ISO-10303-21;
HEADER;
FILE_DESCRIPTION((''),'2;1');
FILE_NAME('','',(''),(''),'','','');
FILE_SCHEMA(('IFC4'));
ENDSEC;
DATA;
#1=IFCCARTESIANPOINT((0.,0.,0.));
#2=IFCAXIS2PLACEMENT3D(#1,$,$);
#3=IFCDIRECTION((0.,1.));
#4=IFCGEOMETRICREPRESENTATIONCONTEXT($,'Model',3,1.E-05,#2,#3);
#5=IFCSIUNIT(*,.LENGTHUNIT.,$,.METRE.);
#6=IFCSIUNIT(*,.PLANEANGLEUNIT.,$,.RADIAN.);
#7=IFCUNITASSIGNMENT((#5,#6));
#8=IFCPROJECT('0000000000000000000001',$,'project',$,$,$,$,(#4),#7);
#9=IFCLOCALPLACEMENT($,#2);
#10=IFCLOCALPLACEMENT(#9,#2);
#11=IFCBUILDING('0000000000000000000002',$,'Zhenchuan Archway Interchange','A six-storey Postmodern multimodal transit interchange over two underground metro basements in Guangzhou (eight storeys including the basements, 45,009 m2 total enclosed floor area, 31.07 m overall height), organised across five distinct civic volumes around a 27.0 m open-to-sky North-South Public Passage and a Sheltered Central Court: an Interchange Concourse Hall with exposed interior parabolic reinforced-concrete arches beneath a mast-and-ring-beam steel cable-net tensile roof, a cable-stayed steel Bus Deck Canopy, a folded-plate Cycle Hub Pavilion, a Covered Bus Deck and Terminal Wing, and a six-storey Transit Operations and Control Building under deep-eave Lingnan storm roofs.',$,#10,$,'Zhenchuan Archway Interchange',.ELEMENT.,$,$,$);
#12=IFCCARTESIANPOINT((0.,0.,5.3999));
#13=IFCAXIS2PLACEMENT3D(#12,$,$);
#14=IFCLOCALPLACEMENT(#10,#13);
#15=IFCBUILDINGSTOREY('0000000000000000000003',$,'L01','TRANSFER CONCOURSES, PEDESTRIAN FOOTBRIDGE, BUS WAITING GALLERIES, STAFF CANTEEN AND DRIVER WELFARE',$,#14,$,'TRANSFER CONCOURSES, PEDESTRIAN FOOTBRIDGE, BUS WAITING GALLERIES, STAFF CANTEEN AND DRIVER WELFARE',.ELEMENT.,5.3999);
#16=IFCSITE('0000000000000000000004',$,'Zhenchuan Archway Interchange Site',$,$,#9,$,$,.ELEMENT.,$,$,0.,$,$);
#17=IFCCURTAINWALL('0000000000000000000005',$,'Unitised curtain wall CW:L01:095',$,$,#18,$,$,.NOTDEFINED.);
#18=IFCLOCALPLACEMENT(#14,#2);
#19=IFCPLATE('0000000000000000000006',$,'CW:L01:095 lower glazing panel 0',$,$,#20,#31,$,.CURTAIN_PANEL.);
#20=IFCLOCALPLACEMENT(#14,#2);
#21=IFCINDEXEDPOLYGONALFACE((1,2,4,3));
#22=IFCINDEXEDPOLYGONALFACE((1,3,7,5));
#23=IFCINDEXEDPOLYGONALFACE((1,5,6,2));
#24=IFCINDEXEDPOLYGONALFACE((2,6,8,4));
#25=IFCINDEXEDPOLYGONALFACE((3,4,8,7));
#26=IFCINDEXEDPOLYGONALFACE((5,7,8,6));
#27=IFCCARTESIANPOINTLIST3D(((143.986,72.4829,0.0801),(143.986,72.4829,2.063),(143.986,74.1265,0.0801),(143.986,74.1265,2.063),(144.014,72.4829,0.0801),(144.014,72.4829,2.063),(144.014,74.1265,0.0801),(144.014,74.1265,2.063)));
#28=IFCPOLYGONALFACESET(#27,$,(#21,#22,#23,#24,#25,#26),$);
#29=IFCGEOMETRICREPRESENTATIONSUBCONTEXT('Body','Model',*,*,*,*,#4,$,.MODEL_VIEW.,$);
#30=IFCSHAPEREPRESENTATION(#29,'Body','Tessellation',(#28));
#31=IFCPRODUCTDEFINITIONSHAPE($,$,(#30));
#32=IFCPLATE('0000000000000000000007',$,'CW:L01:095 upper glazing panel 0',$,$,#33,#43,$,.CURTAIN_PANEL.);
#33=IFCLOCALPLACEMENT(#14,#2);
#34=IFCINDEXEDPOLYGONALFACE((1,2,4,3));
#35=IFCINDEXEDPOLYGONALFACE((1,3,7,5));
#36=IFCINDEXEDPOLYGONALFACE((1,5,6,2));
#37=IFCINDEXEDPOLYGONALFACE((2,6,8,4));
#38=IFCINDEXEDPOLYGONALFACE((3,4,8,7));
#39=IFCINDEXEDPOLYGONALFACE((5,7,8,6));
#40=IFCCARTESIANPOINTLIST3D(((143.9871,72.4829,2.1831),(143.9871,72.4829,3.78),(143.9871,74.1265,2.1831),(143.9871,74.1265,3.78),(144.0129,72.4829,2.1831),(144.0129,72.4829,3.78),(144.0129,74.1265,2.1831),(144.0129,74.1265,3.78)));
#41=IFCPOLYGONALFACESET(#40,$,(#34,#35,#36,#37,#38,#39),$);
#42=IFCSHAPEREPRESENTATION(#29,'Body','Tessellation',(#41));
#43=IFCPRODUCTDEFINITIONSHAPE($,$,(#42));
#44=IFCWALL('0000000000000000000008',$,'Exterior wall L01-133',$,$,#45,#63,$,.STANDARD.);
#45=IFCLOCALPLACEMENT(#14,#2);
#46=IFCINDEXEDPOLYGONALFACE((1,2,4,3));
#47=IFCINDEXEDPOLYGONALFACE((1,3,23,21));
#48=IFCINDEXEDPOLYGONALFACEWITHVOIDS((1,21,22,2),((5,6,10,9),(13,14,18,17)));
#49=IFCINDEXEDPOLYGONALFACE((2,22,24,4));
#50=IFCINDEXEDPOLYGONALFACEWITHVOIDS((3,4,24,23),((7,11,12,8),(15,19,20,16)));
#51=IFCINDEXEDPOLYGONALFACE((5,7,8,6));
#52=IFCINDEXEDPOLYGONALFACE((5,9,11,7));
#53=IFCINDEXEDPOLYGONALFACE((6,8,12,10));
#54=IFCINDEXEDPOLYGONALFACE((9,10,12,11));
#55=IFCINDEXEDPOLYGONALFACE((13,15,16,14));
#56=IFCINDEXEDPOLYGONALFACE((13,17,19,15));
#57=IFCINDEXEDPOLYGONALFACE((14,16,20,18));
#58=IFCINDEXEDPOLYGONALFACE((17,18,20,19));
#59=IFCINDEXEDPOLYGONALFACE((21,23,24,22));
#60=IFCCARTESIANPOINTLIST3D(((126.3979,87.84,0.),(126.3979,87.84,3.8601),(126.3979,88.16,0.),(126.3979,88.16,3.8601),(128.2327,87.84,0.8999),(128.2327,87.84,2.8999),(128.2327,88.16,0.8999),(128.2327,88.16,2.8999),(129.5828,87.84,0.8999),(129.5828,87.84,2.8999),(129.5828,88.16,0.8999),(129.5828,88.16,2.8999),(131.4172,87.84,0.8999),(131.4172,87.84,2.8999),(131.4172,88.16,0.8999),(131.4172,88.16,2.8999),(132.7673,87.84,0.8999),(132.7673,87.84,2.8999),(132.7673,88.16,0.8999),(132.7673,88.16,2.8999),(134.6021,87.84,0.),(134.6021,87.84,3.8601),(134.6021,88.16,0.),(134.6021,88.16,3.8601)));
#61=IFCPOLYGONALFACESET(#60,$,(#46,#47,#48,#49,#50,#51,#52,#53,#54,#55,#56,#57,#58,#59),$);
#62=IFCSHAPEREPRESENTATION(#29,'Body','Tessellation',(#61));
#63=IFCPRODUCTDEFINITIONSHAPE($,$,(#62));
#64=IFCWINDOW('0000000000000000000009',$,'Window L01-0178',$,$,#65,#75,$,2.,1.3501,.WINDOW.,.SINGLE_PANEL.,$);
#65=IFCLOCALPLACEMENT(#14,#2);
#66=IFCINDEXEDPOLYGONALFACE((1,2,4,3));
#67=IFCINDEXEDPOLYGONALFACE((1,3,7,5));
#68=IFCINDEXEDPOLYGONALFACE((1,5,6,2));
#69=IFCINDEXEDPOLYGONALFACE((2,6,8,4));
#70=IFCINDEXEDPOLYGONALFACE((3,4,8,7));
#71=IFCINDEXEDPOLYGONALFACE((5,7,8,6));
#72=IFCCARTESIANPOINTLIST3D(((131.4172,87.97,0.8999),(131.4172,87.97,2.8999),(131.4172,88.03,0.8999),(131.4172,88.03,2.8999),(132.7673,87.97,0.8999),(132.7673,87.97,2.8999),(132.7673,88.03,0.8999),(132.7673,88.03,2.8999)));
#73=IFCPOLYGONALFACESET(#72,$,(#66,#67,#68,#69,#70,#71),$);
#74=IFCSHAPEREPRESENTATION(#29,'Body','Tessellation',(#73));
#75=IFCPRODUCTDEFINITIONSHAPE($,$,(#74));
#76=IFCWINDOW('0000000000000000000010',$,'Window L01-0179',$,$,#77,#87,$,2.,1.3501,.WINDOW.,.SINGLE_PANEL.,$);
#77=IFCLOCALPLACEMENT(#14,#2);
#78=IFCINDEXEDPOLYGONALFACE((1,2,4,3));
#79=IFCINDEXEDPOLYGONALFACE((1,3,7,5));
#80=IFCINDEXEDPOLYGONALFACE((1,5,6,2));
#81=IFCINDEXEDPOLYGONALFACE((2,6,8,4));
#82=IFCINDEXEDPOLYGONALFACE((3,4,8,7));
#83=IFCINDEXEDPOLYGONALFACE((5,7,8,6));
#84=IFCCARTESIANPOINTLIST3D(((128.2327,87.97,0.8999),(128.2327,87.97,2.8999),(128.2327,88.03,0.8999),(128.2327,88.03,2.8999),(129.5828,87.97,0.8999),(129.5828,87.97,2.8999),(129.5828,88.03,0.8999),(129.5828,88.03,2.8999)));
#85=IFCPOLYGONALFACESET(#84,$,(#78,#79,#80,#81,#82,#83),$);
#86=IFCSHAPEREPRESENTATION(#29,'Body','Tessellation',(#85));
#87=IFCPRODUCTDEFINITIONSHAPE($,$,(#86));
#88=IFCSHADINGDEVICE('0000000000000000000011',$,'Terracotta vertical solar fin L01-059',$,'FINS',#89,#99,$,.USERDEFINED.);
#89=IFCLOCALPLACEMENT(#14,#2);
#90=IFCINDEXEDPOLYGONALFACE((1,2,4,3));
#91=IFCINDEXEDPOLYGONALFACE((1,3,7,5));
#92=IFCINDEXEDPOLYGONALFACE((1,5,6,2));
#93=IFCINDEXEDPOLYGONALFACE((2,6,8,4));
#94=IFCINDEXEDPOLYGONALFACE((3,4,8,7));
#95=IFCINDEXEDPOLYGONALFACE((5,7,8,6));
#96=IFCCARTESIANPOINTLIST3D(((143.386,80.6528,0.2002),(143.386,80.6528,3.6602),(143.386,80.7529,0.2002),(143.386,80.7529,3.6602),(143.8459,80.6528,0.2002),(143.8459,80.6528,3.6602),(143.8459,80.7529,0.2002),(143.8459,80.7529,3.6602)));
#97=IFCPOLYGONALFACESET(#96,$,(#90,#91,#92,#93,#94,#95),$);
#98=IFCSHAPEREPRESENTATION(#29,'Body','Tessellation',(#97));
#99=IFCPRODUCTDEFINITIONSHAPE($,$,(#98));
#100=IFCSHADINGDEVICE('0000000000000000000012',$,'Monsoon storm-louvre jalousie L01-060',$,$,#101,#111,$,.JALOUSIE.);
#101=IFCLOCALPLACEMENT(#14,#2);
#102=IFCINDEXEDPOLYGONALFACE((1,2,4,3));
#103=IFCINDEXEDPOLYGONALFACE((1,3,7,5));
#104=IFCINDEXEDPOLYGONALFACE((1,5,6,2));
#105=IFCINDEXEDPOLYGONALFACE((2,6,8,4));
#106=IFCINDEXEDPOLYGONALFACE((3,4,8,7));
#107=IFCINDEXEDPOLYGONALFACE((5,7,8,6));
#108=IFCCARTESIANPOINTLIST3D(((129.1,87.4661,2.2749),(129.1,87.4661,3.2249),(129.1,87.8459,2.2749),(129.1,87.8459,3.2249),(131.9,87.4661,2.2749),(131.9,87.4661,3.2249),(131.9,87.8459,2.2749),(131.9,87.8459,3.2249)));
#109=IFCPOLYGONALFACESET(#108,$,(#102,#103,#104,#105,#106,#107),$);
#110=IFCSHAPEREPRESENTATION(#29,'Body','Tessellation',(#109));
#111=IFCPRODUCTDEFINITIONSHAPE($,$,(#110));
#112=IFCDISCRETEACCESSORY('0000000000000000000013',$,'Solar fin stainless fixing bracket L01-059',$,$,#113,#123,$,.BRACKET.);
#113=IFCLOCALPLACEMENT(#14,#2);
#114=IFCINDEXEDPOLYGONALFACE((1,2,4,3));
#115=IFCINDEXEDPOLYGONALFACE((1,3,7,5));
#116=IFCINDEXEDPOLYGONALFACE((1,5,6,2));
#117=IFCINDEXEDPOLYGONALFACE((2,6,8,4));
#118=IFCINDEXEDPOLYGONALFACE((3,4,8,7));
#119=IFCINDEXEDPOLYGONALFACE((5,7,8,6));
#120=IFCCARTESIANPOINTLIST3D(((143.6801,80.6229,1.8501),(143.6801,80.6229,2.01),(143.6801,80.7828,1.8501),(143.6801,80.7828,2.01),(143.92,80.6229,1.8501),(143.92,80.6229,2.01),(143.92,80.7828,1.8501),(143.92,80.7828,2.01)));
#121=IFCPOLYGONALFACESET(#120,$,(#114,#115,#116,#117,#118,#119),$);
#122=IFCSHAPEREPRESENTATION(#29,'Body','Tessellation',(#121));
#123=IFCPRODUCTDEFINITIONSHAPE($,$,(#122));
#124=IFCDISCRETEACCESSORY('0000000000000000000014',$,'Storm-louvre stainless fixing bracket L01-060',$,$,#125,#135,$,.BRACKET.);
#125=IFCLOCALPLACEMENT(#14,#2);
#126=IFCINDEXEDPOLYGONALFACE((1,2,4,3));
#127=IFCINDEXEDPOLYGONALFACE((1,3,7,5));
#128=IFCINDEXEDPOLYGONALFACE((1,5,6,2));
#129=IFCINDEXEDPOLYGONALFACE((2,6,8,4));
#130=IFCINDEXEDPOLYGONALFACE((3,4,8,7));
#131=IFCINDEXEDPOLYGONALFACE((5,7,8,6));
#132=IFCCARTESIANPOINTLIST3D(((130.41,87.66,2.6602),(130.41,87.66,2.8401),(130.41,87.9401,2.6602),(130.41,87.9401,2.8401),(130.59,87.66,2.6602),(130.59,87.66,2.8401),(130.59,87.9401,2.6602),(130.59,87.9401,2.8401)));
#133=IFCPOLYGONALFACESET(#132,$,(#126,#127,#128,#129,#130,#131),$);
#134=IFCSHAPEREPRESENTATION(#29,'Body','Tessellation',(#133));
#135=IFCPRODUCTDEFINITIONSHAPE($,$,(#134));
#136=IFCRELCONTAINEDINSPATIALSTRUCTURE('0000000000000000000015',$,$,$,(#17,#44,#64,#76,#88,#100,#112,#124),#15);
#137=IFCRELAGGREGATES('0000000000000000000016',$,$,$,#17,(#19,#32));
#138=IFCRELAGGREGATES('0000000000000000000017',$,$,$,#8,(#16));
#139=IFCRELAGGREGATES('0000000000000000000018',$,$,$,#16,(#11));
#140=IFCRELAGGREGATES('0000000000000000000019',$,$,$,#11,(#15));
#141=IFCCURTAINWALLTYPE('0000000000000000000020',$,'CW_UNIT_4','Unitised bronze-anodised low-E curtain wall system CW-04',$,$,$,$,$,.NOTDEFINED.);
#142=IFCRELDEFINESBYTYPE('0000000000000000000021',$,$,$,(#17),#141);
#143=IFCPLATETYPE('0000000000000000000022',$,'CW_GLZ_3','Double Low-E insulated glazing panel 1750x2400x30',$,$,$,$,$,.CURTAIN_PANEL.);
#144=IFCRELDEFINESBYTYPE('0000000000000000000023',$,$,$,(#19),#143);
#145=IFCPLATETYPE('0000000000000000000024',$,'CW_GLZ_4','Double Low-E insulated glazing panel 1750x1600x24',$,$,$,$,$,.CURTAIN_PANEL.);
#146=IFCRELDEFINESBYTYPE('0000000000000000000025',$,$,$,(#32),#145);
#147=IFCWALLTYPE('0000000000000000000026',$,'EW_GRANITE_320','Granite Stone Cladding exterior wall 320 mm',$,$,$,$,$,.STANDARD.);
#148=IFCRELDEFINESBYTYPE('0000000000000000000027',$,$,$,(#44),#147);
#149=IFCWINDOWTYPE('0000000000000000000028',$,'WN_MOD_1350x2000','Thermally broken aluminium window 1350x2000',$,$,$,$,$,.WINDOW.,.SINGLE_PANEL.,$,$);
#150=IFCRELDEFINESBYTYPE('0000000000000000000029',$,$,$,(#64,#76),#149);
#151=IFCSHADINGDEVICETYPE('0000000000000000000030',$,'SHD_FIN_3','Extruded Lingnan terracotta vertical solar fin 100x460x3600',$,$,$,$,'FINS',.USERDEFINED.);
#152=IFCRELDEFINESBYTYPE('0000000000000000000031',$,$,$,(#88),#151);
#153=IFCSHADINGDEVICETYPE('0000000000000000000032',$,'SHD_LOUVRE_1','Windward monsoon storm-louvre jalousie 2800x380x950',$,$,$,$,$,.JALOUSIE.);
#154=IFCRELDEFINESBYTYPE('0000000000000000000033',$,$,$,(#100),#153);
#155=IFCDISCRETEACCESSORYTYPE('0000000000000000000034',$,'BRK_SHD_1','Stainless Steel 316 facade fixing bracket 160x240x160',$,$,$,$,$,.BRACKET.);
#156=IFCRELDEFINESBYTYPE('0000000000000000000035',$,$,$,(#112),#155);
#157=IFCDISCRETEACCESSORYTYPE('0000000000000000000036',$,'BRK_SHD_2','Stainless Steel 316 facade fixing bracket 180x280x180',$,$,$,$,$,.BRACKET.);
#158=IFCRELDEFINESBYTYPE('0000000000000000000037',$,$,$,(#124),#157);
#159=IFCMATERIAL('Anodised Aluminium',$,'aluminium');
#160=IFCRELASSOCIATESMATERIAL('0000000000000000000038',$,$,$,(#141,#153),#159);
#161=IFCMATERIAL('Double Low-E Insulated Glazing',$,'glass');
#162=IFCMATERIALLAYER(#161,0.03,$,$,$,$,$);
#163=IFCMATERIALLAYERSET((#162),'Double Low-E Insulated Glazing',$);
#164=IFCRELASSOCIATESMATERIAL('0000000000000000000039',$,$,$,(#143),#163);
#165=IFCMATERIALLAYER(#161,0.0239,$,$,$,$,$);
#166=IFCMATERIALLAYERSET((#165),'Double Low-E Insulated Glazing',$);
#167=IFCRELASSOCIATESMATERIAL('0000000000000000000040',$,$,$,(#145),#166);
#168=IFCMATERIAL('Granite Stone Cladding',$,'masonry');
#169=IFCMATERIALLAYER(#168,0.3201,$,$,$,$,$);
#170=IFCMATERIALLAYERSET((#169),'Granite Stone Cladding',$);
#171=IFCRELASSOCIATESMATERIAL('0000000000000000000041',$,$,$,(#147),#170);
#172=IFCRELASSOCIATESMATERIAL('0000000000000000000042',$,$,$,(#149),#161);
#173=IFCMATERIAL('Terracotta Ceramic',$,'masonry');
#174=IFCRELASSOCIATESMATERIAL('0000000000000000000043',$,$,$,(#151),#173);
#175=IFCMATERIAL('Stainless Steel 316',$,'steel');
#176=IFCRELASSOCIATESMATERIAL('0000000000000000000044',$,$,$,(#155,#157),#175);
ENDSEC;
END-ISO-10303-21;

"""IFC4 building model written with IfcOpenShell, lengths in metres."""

from ifc_helpers import new_model, si_unit, direction, frame, frame_2d, origin, origin_2d, place, context, subcontext, project, spatial, rectangle, extrude, material, layer, layer_set, type_object, element, fill, aggregate, save


model = new_model("IFC4")

# Units and contexts
model_context = context("Model", 3, precision=1e-05, world=origin(), true_north=direction((0.0, 1.0)))
body_context = subcontext(model_context, "Body", "Model", "MODEL_VIEW")
ifc_project = project(units=[si_unit("LENGTHUNIT", "METRE"), si_unit("PLANEANGLEUNIT", "RADIAN")], contexts=[model_context])

# Site, building, storey
site_placement = place(None, origin())
site = spatial("IfcSite", under=ifc_project, at=site_placement, Name="Zhenchuan Archway Interchange Site", CompositionType="ELEMENT", RefElevation=0.0)
building_placement = place(site_placement, origin())
building = spatial("IfcBuilding", under=site, at=building_placement, Name="Zhenchuan Archway Interchange", Description="A six-storey Postmodern multimodal transit interchange over two underground metro basements in Guangzhou (eight storeys including the basements, 45,009 m2 total enclosed floor area, 31.07 m overall height), organised across five distinct civic volumes around a 27.0 m open-to-sky North-South Public Passage and a Sheltered Central Court: an Interchange Concourse Hall with exposed interior parabolic reinforced-concrete arches beneath a mast-and-ring-beam steel cable-net tensile roof, a cable-stayed steel Bus Deck Canopy, a folded-plate Cycle Hub Pavilion, a Covered Bus Deck and Terminal Wing, and a six-storey Transit Operations and Control Building under deep-eave Lingnan storm roofs.", LongName="Zhenchuan Archway Interchange", CompositionType="ELEMENT")
storey_placement = place(building_placement, frame((0.0, 0.0, 5.3999)))
storey = spatial("IfcBuildingStorey", under=building, at=storey_placement, Name="L01", Description="TRANSFER CONCOURSES, PEDESTRIAN FOOTBRIDGE, BUS WAITING GALLERIES, STAFF CANTEEN AND DRIVER WELFARE", LongName="TRANSFER CONCOURSES, PEDESTRIAN FOOTBRIDGE, BUS WAITING GALLERIES, STAFF CANTEEN AND DRIVER WELFARE", CompositionType="ELEMENT", Elevation=5.3999)

# Curtain wall
ifc_material_1 = material(Name="Anodised Aluminium", Category="aluminium")
curtain_wall_type_1 = type_object("IfcCurtainWallType", Name="CW_UNIT_4", Description="Unitised bronze-anodised low-E curtain wall system CW-04", PredefinedType="NOTDEFINED", material=ifc_material_1)
curtain_wall_1_placement = place(storey_placement, origin())
curtain_wall_1 = element("IfcCurtainWall", 1, at=curtain_wall_1_placement, inside=storey, type_object=curtain_wall_type_1, Name="Unitised curtain wall CW:L01:095", PredefinedType="NOTDEFINED")

# Plates
ifc_material_2 = material(Name="Double Low-E Insulated Glazing", Category="glass")
ifc_layer_1 = layer(ifc_material_2, 0.03)
ifc_layer_set_1 = layer_set([ifc_layer_1], Name="Double Low-E Insulated Glazing")
plate_type_1 = type_object("IfcPlateType", Name="CW_GLZ_3", Description="Double Low-E insulated glazing panel 1750x2400x30", PredefinedType="CURTAIN_PANEL", material=ifc_layer_set_1)
plate_1_placement = place(storey_placement, frame((144.0, 73.3047, 0.0801), z_axis=(0.0, 0.0, 1.0), x_axis=(0.0, 1.0, 0.0)))
plate_1 = element("IfcPlate", 2, at=plate_1_placement, type_object=plate_type_1, Name="CW:L01:095 lower glazing panel 0", PredefinedType="CURTAIN_PANEL", context=body_context, shape_type="SweptSolid", body=[
    extrude(rectangle(XDim=1.6436, YDim=0.0281, at=origin_2d()), origin(), (0.0, 0.0, 1.0), 1.9829),
])
ifc_layer_2 = layer(ifc_material_2, 0.0239)
ifc_layer_set_2 = layer_set([ifc_layer_2], Name="Double Low-E Insulated Glazing")
plate_type_2 = type_object("IfcPlateType", Name="CW_GLZ_4", Description="Double Low-E insulated glazing panel 1750x1600x24", PredefinedType="CURTAIN_PANEL", material=ifc_layer_set_2)
plate_2_placement = place(storey_placement, frame((144.0, 73.3047, 2.1831), z_axis=(0.0, 0.0, 1.0), x_axis=(0.0, 1.0, 0.0)))
plate_2 = element("IfcPlate", 3, at=plate_2_placement, type_object=plate_type_2, Name="CW:L01:095 upper glazing panel 0", PredefinedType="CURTAIN_PANEL", context=body_context, shape_type="SweptSolid", body=[
    extrude(rectangle(XDim=1.6436, YDim=0.0259, at=origin_2d()), origin(), (0.0, 0.0, 1.0), 1.5969),
])
aggregate(curtain_wall_1, [plate_1, plate_2])

# Wall, openings, windows
ifc_material_3 = material(Name="Granite Stone Cladding", Category="masonry")
ifc_layer_3 = layer(ifc_material_3, 0.3201)
ifc_layer_set_3 = layer_set([ifc_layer_3], Name="Granite Stone Cladding")
wall_type = type_object("IfcWallType", Name="EW_GRANITE_320", Description="Granite Stone Cladding exterior wall 320 mm", PredefinedType="STANDARD", material=ifc_layer_set_3)
wall_placement = place(storey_placement, frame((134.6021, 88.0, 0.0), z_axis=(0.0, 0.0, 1.0), x_axis=(-1.0, 0.0, 0.0)))
wall = element("IfcWall", 4, at=wall_placement, inside=storey, type_object=wall_type, Name="Exterior wall L01-133", PredefinedType="STANDARD", context=body_context, shape_type="SweptSolid", body=[
    extrude(rectangle(XDim=8.2041, YDim=0.3201, at=frame_2d((4.1021, 0.0))), origin(), (0.0, 0.0, 1.0), 3.8601),
])
opening_1_placement = place(wall_placement, frame((1.8347, 0.0, 0.8999)))
opening_1 = element("IfcOpeningElement", 5, at=opening_1_placement, cuts=wall, PredefinedType="OPENING", context=body_context, shape_type="SweptSolid", body=[
    extrude(rectangle(XDim=1.3501, YDim=2.0, at=frame_2d((0.675, 1.0))), frame((0.0, 0.1719, 0.0), z_axis=(0.0, -1.0, 0.0), x_axis=(1.0, 0.0, 0.0)), (0.0, 0.0, 1.0), 0.344),
])
opening_2_placement = place(wall_placement, frame((5.0193, 0.0, 0.8999)))
opening_2 = element("IfcOpeningElement", 6, at=opening_2_placement, cuts=wall, PredefinedType="OPENING", context=body_context, shape_type="SweptSolid", body=[
    extrude(rectangle(XDim=1.3501, YDim=2.0, at=frame_2d((0.675, 1.0))), frame((0.0, 0.1719, 0.0), z_axis=(0.0, -1.0, 0.0), x_axis=(1.0, 0.0, 0.0)), (0.0, 0.0, 1.0), 0.344),
])
window_type = type_object("IfcWindowType", Name="WN_MOD_1350x2000", Description="Thermally broken aluminium window 1350x2000", PartitioningType="SINGLE_PANEL", PredefinedType="WINDOW", material=ifc_material_2)
window_1_placement = place(opening_1_placement, origin())
window_1 = element("IfcWindow", 7, at=window_1_placement, inside=storey, type_object=window_type, Name="Window L01-0178", OverallHeight=2.0, OverallWidth=1.3501, PartitioningType="SINGLE_PANEL", PredefinedType="WINDOW", context=body_context, shape_type="SweptSolid", body=[
    extrude(rectangle(XDim=1.3501, YDim=2.0, at=frame_2d((0.675, 1.0))), frame((0.0, 0.03, 0.0), z_axis=(0.0, -1.0, 0.0), x_axis=(1.0, 0.0, 0.0)), (0.0, 0.0, 1.0), 0.0601),
])
fill(opening_1, window_1)
window_2_placement = place(opening_2_placement, origin())
window_2 = element("IfcWindow", 8, at=window_2_placement, inside=storey, type_object=window_type, Name="Window L01-0179", OverallHeight=2.0, OverallWidth=1.3501, PartitioningType="SINGLE_PANEL", PredefinedType="WINDOW", context=body_context, shape_type="SweptSolid", body=[
    extrude(rectangle(XDim=1.3501, YDim=2.0, at=frame_2d((0.675, 1.0))), frame((0.0, 0.03, 0.0), z_axis=(0.0, -1.0, 0.0), x_axis=(1.0, 0.0, 0.0)), (0.0, 0.0, 1.0), 0.0601),
])
fill(opening_2, window_2)

# Shading devices
ifc_material_4 = material(Name="Terracotta Ceramic", Category="masonry")
shading_device_type_1 = type_object("IfcShadingDeviceType", Name="SHD_FIN_3", Description="Extruded Lingnan terracotta vertical solar fin 100x460x3600", ElementType="FINS", PredefinedType="USERDEFINED", material=ifc_material_4)
shading_device_1_placement = place(storey_placement, frame((143.616, 80.7029, 0.2002), z_axis=(0.0, 0.0, 1.0), x_axis=(0.0, 1.0, 0.0)))
element("IfcShadingDevice", 9, at=shading_device_1_placement, inside=storey, type_object=shading_device_type_1, Name="Terracotta vertical solar fin L01-059", ObjectType="FINS", PredefinedType="USERDEFINED", context=body_context, shape_type="SweptSolid", body=[
    extrude(rectangle(XDim=0.1001, YDim=0.46, at=origin_2d()), origin(), (0.0, 0.0, 1.0), 3.46),
])
shading_device_type_2 = type_object("IfcShadingDeviceType", Name="SHD_LOUVRE_1", Description="Windward monsoon storm-louvre jalousie 2800x380x950", PredefinedType="JALOUSIE", material=ifc_material_1)
shading_device_2_placement = place(storey_placement, frame((130.5, 87.656, 2.2749), z_axis=(0.0, 0.0, 1.0), x_axis=(-1.0, 0.0, 0.0)))
element("IfcShadingDevice", 10, at=shading_device_2_placement, inside=storey, type_object=shading_device_type_2, Name="Monsoon storm-louvre jalousie L01-060", PredefinedType="JALOUSIE", context=body_context, shape_type="SweptSolid", body=[
    extrude(rectangle(XDim=2.8, YDim=0.3799, at=origin_2d()), origin(), (0.0, 0.0, 1.0), 0.95),
])

# Discrete accessories
ifc_material_5 = material(Name="Stainless Steel 316", Category="steel")
discrete_accessory_type_1 = type_object("IfcDiscreteAccessoryType", Name="BRK_SHD_1", Description="Stainless Steel 316 facade fixing bracket 160x240x160", PredefinedType="BRACKET", material=ifc_material_5)
discrete_accessory_1_placement = place(storey_placement, frame((143.8, 80.7029, 1.8501), z_axis=(0.0, 0.0, 1.0), x_axis=(0.0, 1.0, 0.0)))
element("IfcDiscreteAccessory", 11, at=discrete_accessory_1_placement, inside=storey, type_object=discrete_accessory_type_1, Name="Solar fin stainless fixing bracket L01-059", PredefinedType="BRACKET", context=body_context, shape_type="SweptSolid", body=[
    extrude(rectangle(XDim=0.1599, YDim=0.24, at=origin_2d()), origin(), (0.0, 0.0, 1.0), 0.1599),
])
discrete_accessory_type_2 = type_object("IfcDiscreteAccessoryType", Name="BRK_SHD_2", Description="Stainless Steel 316 facade fixing bracket 180x280x180", PredefinedType="BRACKET", material=ifc_material_5)
discrete_accessory_2_placement = place(storey_placement, frame((130.5, 87.8, 2.6602), z_axis=(0.0, 0.0, 1.0), x_axis=(-1.0, 0.0, 0.0)))
element("IfcDiscreteAccessory", 12, at=discrete_accessory_2_placement, inside=storey, type_object=discrete_accessory_type_2, Name="Storm-louvre stainless fixing bracket L01-060", PredefinedType="BRACKET", context=body_context, shape_type="SweptSolid", body=[
    extrude(rectangle(XDim=0.1799, YDim=0.28, at=origin_2d()), origin(), (0.0, 0.0, 1.0), 0.1799),
])

save(model, "model.ifc")
